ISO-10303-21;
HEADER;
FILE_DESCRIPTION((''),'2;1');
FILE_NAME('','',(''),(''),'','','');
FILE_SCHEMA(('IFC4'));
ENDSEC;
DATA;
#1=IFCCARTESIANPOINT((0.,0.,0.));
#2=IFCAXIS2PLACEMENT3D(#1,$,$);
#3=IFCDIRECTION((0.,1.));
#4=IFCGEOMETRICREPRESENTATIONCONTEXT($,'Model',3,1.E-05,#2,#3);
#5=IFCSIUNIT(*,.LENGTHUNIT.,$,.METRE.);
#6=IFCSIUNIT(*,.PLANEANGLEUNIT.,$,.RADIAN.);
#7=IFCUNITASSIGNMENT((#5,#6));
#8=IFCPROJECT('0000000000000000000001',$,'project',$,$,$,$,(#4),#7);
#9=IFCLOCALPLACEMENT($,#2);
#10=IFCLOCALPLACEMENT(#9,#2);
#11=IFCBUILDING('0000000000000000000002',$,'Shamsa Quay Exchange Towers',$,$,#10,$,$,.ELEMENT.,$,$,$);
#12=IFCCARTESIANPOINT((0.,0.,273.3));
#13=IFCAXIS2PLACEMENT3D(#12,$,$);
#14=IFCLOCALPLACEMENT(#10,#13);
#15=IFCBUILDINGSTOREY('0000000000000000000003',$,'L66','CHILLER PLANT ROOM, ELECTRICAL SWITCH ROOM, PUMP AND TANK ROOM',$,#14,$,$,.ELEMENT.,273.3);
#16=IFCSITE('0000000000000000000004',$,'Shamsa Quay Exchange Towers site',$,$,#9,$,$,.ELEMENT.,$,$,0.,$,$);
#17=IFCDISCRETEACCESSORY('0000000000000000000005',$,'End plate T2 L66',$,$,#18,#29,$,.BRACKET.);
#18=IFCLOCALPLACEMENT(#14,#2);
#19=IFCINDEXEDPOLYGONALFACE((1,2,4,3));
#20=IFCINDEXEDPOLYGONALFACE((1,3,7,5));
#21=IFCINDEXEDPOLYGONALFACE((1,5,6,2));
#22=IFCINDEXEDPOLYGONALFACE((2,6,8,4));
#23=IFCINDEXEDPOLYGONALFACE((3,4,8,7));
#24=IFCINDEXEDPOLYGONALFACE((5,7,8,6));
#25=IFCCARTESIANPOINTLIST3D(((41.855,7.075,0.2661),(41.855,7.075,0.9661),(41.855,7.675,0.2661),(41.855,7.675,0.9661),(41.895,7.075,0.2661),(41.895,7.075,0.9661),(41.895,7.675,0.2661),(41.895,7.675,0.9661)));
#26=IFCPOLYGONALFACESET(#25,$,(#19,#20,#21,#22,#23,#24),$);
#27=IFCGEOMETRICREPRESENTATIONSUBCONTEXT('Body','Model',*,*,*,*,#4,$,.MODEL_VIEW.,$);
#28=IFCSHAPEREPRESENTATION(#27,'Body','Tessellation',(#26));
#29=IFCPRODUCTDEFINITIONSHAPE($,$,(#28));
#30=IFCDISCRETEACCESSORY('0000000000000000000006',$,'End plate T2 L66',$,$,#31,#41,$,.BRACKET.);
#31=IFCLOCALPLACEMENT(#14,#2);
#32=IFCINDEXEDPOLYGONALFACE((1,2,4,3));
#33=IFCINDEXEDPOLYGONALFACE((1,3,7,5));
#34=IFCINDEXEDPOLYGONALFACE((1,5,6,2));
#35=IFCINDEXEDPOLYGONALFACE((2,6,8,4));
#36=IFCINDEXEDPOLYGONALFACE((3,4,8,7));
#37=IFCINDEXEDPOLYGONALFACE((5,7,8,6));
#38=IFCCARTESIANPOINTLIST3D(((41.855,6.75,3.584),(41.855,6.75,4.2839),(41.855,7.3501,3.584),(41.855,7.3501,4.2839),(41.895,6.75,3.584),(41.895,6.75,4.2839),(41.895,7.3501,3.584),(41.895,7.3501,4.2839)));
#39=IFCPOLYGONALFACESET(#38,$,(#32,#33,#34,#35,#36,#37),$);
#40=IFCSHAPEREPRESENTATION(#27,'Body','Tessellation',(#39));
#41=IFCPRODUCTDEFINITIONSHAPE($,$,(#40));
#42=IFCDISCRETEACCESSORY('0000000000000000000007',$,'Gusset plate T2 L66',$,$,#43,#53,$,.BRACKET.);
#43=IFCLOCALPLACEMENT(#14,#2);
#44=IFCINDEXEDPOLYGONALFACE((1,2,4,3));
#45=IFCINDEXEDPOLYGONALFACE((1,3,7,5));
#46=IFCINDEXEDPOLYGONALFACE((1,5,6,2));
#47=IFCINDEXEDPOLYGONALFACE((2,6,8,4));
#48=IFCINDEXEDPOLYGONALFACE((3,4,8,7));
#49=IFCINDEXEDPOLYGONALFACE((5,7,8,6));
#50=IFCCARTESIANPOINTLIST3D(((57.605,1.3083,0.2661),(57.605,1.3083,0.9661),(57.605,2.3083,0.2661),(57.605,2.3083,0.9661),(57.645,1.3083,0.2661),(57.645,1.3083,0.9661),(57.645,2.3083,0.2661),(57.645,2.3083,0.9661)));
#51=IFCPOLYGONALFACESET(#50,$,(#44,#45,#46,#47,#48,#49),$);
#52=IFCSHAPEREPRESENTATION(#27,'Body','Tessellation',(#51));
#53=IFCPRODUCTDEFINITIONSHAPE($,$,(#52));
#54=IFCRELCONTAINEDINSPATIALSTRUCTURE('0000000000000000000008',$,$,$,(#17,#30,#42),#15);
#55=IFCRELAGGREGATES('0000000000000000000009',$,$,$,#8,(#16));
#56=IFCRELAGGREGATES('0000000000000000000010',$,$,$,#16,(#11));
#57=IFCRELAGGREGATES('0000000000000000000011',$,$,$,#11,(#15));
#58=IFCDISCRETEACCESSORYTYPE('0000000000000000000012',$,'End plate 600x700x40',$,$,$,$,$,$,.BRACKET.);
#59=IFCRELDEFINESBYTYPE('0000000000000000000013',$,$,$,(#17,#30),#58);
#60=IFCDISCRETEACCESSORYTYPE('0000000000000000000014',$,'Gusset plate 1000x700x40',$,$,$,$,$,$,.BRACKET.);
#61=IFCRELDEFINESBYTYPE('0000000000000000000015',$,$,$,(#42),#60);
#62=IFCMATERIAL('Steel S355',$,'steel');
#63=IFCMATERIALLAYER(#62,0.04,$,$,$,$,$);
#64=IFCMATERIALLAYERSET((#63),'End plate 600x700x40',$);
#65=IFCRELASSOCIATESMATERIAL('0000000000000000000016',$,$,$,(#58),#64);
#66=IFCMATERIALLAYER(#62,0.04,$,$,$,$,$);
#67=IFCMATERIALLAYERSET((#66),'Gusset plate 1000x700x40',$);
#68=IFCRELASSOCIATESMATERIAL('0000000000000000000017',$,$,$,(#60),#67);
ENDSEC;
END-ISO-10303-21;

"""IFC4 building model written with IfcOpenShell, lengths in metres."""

from ifc_helpers import new_model, si_unit, direction, frame, origin, origin_2d, place, context, subcontext, project, spatial, rectangle, extrude, material, layer, layer_set, type_object, element, save


model = new_model("IFC4")

# Units and contexts
model_context = context("Model", 3, precision=1e-05, world=origin(), true_north=direction((0.0, 1.0)))
body_context = subcontext(model_context, "Body", "Model", "MODEL_VIEW")
ifc_project = project(units=[si_unit("LENGTHUNIT", "METRE"), si_unit("PLANEANGLEUNIT", "RADIAN")], contexts=[model_context])

# Site, building, storey
site_placement = place(None, origin())
site = spatial("IfcSite", under=ifc_project, at=site_placement, Name="Shamsa Quay Exchange Towers site", CompositionType="ELEMENT", RefElevation=0.0)
building_placement = place(site_placement, origin())
building = spatial("IfcBuilding", under=site, at=building_placement, Name="Shamsa Quay Exchange Towers", CompositionType="ELEMENT")
storey_placement = place(building_placement, frame((0.0, 0.0, 273.3)))
storey = spatial("IfcBuildingStorey", under=building, at=storey_placement, Name="L66", Description="CHILLER PLANT ROOM, ELECTRICAL SWITCH ROOM, PUMP AND TANK ROOM", CompositionType="ELEMENT", Elevation=273.3)

# Shared definitions
ifc_material_1 = material(Name="Steel S355", Category="steel")

# Discrete accessories
ifc_layer_1 = layer(ifc_material_1, 0.04)
ifc_layer_set_1 = layer_set([ifc_layer_1], Name="End plate 600x700x40")
discrete_accessory_type_1 = type_object("IfcDiscreteAccessoryType", Name="End plate 600x700x40", PredefinedType="BRACKET", material=ifc_layer_set_1)
for number, where, z_axis, x_axis, name in (
    (1, (41.875, 7.375, 0.2661), (0.0, 0.0, 1.0), (0.0, -1.0, 0.0), "End plate T2 L66"),
    (2, (41.875, 7.05, 3.584), (0.0, 0.0, 1.0), (0.0, -1.0, 0.0), "End plate T2 L66"),
):
    element("IfcDiscreteAccessory", number, at=place(storey_placement, frame(where, z_axis=z_axis, x_axis=x_axis)), inside=storey, type_object=discrete_accessory_type_1, Name=name, PredefinedType="BRACKET", context=body_context, shape_type="SweptSolid", body=[
        extrude(rectangle(XDim=0.6001, YDim=0.04, at=origin_2d()), origin(), (0.0, 0.0, 1.0), 0.7),
    ])
ifc_layer_2 = layer(ifc_material_1, 0.04)
ifc_layer_set_2 = layer_set([ifc_layer_2], Name="Gusset plate 1000x700x40")
discrete_accessory_type_2 = type_object("IfcDiscreteAccessoryType", Name="Gusset plate 1000x700x40", PredefinedType="BRACKET", material=ifc_layer_set_2)
discrete_accessory_placement = place(storey_placement, frame((57.625, 1.8083, 0.2661), z_axis=(0.0, 0.0, 1.0), x_axis=(0.0, 1.0, 0.0)))
element("IfcDiscreteAccessory", 3, at=discrete_accessory_placement, inside=storey, type_object=discrete_accessory_type_2, Name="Gusset plate T2 L66", PredefinedType="BRACKET", context=body_context, shape_type="SweptSolid", body=[
    extrude(rectangle(XDim=1.0, YDim=0.04, at=origin_2d()), origin(), (0.0, 0.0, 1.0), 0.7),
])

save(model, "model.ifc")
